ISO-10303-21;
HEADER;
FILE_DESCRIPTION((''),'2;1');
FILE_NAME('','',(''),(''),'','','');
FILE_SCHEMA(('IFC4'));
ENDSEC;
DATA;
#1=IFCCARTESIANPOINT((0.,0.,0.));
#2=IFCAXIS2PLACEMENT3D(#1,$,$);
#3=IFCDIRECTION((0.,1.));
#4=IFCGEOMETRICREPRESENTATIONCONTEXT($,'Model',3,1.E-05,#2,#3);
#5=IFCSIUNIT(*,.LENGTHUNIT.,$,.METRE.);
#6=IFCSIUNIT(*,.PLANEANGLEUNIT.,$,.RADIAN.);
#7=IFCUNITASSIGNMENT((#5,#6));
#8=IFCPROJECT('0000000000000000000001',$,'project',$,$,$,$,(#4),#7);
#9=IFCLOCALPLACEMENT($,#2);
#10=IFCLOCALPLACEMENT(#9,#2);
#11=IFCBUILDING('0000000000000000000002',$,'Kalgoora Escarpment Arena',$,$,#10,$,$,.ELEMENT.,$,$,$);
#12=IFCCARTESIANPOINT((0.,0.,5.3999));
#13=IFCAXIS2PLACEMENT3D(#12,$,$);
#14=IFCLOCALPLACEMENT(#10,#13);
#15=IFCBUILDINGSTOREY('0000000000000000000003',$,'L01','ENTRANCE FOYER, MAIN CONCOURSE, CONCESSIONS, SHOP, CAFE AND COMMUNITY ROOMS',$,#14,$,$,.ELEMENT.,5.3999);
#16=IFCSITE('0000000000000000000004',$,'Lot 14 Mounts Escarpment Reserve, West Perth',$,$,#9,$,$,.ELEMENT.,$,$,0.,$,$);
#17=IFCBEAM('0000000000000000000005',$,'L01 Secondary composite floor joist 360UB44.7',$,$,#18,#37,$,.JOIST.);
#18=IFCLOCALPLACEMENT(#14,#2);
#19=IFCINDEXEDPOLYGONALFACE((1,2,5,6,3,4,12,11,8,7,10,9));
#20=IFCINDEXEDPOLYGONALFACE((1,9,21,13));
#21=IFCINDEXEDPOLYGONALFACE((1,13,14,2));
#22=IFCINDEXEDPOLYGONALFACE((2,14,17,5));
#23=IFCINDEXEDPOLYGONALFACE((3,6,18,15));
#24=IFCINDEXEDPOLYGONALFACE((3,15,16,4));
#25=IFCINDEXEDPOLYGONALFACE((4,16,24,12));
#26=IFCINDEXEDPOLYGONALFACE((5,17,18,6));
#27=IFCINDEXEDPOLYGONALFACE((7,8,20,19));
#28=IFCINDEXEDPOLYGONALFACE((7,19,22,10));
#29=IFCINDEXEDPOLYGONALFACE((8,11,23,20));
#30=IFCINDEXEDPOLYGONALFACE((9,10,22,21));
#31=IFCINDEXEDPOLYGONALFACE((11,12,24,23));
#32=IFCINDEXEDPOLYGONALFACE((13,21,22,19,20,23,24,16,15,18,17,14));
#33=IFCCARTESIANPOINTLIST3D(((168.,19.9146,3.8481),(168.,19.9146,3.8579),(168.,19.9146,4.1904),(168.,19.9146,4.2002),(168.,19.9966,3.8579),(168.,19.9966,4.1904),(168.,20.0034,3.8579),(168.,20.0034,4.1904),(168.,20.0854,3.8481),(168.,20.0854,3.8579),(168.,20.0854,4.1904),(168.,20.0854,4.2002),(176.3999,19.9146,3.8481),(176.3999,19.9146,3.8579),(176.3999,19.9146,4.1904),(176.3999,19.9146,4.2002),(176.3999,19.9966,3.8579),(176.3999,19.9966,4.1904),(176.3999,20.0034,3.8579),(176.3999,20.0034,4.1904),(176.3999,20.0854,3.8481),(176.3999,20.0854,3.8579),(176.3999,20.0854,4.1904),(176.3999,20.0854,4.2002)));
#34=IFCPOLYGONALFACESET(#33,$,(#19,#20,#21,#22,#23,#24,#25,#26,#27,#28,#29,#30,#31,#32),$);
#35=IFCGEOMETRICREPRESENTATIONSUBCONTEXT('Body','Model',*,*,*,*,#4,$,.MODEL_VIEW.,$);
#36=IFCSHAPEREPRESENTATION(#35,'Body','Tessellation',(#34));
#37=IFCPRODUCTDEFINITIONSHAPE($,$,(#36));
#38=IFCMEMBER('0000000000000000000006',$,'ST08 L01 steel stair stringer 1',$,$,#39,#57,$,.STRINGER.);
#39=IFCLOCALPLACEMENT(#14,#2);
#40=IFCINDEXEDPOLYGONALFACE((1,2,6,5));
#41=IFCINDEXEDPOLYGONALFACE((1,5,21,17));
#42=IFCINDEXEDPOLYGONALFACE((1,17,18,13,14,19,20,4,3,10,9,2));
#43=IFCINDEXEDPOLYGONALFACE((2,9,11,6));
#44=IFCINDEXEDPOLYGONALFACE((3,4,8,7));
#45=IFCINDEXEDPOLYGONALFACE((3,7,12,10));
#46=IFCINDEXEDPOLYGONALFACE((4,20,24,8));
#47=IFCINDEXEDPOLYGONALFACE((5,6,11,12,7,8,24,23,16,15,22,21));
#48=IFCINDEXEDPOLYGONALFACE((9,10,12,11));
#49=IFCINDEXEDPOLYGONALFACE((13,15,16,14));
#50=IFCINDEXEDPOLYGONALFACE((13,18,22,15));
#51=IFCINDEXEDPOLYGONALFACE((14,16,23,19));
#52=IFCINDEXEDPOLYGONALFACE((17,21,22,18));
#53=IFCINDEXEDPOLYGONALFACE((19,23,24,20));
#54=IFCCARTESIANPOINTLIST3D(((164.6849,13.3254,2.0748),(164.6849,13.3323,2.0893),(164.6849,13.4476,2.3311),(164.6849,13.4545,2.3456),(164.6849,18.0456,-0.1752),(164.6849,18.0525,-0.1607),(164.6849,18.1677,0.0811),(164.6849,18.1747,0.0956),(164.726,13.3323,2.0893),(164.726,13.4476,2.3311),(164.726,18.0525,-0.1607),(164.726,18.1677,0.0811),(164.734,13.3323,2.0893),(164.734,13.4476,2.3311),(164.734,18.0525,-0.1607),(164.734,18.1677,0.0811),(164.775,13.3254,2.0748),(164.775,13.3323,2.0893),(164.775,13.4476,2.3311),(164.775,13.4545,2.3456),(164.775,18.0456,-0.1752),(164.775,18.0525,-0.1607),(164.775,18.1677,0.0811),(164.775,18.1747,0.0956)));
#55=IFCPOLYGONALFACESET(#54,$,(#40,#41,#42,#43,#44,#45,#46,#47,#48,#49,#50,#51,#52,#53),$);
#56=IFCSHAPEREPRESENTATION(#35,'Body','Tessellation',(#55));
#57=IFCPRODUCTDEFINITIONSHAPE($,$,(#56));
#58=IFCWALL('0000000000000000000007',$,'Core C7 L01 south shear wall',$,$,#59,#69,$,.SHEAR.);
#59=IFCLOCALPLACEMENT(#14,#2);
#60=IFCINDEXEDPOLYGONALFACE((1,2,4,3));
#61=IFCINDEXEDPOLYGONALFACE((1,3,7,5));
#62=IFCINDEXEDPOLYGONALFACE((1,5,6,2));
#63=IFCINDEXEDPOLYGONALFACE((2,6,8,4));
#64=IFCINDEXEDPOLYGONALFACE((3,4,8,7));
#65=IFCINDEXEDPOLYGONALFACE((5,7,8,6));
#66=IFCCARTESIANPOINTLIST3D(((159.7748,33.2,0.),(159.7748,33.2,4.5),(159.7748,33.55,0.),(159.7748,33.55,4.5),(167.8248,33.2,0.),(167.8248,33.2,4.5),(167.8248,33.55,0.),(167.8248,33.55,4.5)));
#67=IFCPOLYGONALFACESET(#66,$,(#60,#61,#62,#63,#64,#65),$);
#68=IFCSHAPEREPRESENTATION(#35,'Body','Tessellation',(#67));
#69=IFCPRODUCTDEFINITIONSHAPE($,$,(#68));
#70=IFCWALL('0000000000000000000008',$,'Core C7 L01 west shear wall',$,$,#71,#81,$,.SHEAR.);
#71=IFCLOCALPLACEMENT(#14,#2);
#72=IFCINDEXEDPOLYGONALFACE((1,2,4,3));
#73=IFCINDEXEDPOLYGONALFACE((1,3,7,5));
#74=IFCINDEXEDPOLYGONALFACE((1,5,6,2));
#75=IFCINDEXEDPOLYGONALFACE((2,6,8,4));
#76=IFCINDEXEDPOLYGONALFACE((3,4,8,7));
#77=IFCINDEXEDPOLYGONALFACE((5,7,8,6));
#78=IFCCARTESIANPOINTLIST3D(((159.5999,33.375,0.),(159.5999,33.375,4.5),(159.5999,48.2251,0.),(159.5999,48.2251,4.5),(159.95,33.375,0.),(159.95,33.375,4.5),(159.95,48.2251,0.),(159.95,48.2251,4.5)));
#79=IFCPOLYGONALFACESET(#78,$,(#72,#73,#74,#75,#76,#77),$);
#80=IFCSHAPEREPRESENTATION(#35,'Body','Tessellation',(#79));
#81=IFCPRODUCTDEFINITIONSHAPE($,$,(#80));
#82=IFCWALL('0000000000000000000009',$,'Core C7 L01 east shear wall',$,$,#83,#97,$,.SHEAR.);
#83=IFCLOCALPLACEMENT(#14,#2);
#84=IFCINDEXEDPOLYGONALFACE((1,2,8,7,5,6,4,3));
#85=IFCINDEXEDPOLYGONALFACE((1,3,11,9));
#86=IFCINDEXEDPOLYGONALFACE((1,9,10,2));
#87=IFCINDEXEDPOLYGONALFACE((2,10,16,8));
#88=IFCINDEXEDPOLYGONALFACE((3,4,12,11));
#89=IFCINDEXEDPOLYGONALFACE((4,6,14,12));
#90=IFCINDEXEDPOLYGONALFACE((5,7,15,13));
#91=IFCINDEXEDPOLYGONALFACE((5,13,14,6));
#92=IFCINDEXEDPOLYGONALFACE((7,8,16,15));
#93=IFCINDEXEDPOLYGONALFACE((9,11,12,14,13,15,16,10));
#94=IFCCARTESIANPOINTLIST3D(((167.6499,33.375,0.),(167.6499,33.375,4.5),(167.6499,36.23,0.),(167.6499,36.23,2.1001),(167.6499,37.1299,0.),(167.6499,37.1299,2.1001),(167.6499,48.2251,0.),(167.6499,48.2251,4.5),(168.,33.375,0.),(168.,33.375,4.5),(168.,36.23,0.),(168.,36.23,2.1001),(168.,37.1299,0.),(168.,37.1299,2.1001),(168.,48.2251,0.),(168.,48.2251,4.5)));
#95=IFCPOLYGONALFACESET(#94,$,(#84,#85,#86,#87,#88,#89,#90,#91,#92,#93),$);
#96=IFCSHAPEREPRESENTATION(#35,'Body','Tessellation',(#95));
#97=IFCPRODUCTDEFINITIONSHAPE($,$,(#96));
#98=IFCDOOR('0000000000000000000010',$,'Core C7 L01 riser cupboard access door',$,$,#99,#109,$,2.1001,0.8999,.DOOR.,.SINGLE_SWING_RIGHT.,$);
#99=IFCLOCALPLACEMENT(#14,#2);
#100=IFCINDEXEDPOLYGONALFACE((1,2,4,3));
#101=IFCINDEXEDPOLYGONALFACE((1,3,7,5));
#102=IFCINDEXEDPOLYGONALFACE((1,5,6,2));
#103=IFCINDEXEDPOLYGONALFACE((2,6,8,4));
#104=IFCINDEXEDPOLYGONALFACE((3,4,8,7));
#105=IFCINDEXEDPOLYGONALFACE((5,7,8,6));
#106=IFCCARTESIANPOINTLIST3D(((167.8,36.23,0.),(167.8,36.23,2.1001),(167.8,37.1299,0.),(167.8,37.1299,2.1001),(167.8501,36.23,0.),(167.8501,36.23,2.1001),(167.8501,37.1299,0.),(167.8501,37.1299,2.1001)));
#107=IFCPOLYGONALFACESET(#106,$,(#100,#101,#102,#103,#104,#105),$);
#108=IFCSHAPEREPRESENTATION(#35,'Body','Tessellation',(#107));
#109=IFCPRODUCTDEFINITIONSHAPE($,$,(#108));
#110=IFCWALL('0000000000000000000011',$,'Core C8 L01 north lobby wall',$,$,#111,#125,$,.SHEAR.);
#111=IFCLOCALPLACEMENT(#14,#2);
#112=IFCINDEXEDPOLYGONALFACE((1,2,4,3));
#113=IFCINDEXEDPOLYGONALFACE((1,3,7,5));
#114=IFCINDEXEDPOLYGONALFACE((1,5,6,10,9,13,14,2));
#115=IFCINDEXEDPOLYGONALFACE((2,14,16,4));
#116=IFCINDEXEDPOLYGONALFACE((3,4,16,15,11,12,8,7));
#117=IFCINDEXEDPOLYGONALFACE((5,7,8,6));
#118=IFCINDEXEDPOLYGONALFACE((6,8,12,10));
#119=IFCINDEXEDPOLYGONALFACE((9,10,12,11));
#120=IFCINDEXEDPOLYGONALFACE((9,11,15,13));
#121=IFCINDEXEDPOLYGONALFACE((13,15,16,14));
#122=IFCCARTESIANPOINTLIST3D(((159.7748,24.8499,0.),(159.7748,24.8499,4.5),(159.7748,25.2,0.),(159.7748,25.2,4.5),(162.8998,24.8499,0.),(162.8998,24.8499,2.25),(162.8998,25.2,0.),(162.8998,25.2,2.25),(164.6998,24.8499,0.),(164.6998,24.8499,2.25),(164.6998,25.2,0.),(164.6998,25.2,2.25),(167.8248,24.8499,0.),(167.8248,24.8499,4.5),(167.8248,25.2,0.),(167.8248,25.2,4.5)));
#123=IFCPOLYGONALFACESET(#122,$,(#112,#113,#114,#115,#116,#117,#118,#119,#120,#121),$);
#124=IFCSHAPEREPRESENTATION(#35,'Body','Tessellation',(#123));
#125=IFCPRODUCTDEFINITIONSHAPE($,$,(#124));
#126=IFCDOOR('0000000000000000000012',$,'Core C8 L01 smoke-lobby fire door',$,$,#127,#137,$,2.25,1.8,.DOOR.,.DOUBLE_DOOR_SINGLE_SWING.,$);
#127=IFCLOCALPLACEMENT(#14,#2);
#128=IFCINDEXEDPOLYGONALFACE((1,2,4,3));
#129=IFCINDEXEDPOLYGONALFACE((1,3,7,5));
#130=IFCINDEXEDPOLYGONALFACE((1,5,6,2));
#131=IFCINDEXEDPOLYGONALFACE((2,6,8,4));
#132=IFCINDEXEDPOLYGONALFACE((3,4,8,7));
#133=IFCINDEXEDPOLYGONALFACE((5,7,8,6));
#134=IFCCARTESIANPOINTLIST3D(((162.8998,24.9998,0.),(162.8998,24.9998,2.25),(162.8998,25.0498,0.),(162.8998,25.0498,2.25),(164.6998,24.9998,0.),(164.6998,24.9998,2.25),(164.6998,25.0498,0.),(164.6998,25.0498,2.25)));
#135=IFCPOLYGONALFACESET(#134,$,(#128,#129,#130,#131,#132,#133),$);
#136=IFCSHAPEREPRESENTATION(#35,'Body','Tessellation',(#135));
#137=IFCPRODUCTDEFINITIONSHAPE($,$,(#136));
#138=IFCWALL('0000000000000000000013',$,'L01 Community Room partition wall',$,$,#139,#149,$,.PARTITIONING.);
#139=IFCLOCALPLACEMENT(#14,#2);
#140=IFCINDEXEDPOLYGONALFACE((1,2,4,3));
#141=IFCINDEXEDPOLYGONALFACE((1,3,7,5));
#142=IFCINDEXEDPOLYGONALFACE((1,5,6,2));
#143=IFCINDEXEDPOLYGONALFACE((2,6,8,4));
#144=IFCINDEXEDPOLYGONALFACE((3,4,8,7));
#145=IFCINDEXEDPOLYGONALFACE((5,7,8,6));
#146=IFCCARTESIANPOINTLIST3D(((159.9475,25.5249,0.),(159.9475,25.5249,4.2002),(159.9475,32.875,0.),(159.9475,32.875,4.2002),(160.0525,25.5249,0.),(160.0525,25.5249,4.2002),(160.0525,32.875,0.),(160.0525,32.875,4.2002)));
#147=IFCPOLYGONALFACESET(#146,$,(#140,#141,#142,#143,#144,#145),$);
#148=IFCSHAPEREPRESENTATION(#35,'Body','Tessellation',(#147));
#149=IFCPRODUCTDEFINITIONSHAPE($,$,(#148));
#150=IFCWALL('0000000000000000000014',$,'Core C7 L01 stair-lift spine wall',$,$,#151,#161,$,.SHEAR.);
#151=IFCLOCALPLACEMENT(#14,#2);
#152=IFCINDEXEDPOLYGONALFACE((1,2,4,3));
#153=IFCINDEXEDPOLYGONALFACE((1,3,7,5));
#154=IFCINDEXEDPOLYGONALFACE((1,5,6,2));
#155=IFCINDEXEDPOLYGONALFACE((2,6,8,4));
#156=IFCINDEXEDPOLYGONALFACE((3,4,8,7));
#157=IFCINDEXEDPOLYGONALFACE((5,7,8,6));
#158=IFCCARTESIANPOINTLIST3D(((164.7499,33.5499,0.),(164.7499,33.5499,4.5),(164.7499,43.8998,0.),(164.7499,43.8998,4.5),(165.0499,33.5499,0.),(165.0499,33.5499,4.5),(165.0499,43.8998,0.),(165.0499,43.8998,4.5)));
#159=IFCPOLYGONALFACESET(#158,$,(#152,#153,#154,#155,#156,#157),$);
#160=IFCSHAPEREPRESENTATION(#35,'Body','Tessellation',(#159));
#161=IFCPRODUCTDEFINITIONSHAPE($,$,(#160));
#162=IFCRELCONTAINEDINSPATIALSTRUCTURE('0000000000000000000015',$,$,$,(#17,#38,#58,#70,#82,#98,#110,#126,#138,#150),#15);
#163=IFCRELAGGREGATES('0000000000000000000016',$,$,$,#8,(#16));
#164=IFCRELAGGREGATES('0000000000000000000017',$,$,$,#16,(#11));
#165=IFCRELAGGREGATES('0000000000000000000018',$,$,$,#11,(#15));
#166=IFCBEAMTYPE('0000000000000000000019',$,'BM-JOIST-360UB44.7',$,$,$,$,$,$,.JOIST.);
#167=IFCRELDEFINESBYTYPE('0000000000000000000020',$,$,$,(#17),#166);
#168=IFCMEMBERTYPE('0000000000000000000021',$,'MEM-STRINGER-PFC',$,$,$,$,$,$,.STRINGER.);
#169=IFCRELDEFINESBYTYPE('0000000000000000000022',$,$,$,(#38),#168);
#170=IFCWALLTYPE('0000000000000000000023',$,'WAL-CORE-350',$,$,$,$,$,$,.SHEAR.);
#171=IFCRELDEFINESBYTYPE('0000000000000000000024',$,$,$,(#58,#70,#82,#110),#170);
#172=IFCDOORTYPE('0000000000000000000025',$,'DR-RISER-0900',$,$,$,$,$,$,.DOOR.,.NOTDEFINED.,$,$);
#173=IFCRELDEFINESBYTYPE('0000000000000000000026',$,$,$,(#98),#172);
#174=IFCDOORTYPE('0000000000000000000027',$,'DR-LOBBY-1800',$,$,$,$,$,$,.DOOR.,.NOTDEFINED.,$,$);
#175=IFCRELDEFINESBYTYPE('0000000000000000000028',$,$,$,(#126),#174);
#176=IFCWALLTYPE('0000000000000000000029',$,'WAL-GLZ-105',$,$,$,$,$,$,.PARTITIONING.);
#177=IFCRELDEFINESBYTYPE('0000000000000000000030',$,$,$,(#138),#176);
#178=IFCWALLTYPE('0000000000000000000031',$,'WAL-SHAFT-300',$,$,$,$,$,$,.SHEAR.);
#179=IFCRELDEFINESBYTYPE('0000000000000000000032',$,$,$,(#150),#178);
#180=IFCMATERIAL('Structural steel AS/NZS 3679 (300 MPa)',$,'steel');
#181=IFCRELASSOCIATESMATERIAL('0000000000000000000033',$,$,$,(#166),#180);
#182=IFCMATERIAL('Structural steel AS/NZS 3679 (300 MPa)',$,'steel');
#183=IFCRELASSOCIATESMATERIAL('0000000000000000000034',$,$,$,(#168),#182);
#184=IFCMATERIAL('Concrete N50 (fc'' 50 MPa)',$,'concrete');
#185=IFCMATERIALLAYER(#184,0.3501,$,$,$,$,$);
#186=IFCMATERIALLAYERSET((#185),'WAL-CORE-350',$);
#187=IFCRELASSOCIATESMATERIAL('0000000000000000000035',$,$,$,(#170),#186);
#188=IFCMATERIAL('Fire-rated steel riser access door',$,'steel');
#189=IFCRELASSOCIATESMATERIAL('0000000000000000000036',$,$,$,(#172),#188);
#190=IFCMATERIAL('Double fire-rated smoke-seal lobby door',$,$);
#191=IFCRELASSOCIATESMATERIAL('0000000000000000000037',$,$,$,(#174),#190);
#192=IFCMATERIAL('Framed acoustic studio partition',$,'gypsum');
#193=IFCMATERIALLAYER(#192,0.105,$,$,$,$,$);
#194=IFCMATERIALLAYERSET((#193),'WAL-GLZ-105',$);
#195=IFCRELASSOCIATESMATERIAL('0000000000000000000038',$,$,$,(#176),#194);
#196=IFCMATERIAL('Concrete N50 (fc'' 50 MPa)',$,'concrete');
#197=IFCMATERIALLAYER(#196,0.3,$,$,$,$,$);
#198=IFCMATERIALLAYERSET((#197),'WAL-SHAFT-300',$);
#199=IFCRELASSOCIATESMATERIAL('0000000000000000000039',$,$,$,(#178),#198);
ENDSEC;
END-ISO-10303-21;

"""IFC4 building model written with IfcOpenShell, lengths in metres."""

from ifc_helpers import new_model, si_unit, direction, frame, frame_2d, origin, origin_2d, place, context, subcontext, project, spatial, rectangle, i_section, extrude, material, layer, layer_set, material_profile, profile_set, type_object, element, fill, save


model = new_model("IFC4")

# Units and contexts
model_context = context("Model", 3, precision=1e-05, world=origin(), true_north=direction((0.0, 1.0)))
body_context = subcontext(model_context, "Body", "Model", "MODEL_VIEW")
ifc_project = project(units=[si_unit("LENGTHUNIT", "METRE"), si_unit("PLANEANGLEUNIT", "RADIAN")], contexts=[model_context])

# Site, building, storey
site_placement = place(None, origin())
site = spatial("IfcSite", under=ifc_project, at=site_placement, Name="Lot 14 Mounts Escarpment Reserve, West Perth", CompositionType="ELEMENT", RefElevation=0.0)
building_placement = place(site_placement, origin())
building = spatial("IfcBuilding", under=site, at=building_placement, Name="Kalgoora Escarpment Arena", CompositionType="ELEMENT")
storey_placement = place(building_placement, frame((0.0, 0.0, 5.3999)))
storey = spatial("IfcBuildingStorey", under=building, at=storey_placement, Name="L01", Description="ENTRANCE FOYER, MAIN CONCOURSE, CONCESSIONS, SHOP, CAFE AND COMMUNITY ROOMS", CompositionType="ELEMENT", Elevation=5.3999)

# Beam
ifc_material_1 = material(Name="Structural steel AS/NZS 3679 (300 MPa)", Category="steel")
ifc_material_profile_1 = material_profile(ifc_material_1, i_section(OverallWidth=0.1709, OverallDepth=0.3521, WebThickness=0.0068, FlangeThickness=0.0098, at=origin_2d()))
ifc_profile_set_1 = profile_set([ifc_material_profile_1], Name="Structural steel AS/NZS 3679 (300 MPa)")
beam_type_1 = type_object("IfcBeamType", Name="BM-JOIST-360UB44.7", PredefinedType="JOIST", material=ifc_profile_set_1)
beam_1_placement = place(storey_placement, frame((168.0, 20.0, 4.0242), z_axis=(1.0, 0.0, 0.0), x_axis=(0.0, 1.0, 0.0)))
element("IfcBeam", 1, at=beam_1_placement, inside=storey, type_object=beam_type_1, Name="L01 Secondary composite floor joist 360UB44.7", PredefinedType="JOIST", context=body_context, shape_type="SweptSolid", body=[
    extrude(i_section(OverallWidth=0.1709, OverallDepth=0.3521, WebThickness=0.0068, FlangeThickness=0.0098, at=origin_2d()), origin(), (0.0, 0.0, 1.0), 8.3999),
])

# Member
ifc_material_2 = material(Name="Structural steel AS/NZS 3679 (300 MPa)", Category="steel")
ifc_material_profile_2 = material_profile(ifc_material_2, i_section(OverallWidth=0.0901, OverallDepth=0.3, WebThickness=0.0081, FlangeThickness=0.0161, at=origin_2d()))
ifc_profile_set_2 = profile_set([ifc_material_profile_2], Name="Structural steel AS/NZS 3679 (300 MPa)")
member_type = type_object("IfcMemberType", Name="MEM-STRINGER-PFC", PredefinedType="STRINGER", material=ifc_profile_set_2)
member_placement = place(storey_placement, frame((164.73, 18.1101, -0.0398), z_axis=(0.0, -0.902691, 0.430289), x_axis=(1.0, 0.0, 0.0)))
element("IfcMember", 2, at=member_placement, inside=storey, type_object=member_type, Name="ST08 L01 steel stair stringer 1", PredefinedType="STRINGER", context=body_context, shape_type="SweptSolid", body=[
    extrude(i_section(OverallWidth=0.0901, OverallDepth=0.3, WebThickness=0.0081, FlangeThickness=0.0161, at=origin_2d()), origin(), (0.0, 0.0, 1.0), 5.229),
])

# Walls
ifc_material_3 = material(Name="Concrete N50 (fc' 50 MPa)", Category="concrete")
ifc_layer_1 = layer(ifc_material_3, 0.3501)
ifc_layer_set_1 = layer_set([ifc_layer_1], Name="WAL-CORE-350")
wall_type_1 = type_object("IfcWallType", Name="WAL-CORE-350", PredefinedType="SHEAR", material=ifc_layer_set_1)
wall_1_placement = place(storey_placement, frame((159.7749, 33.375, 0.0), z_axis=(0.0, 0.0, 1.0), x_axis=(1.0, 0.0, 0.0)))
element("IfcWall", 3, at=wall_1_placement, inside=storey, type_object=wall_type_1, Name="Core C7 L01 south shear wall", PredefinedType="SHEAR", context=body_context, shape_type="SweptSolid", body=[
    extrude(rectangle(XDim=8.05, YDim=0.3501, at=frame_2d((4.0249, 0.0))), origin(), (0.0, 0.0, 1.0), 4.5),
])
wall_2_placement = place(storey_placement, frame((159.7749, 33.375, 0.0), z_axis=(0.0, 0.0, 1.0), x_axis=(0.0, 1.0, 0.0)))
element("IfcWall", 4, at=wall_2_placement, inside=storey, type_object=wall_type_1, Name="Core C7 L01 west shear wall", PredefinedType="SHEAR", context=body_context, shape_type="SweptSolid", body=[
    extrude(rectangle(XDim=14.8501, YDim=0.3501, at=frame_2d((7.425, 0.0))), origin(), (0.0, 0.0, 1.0), 4.5),
])

# Walls, openings, doors
wall_3_placement = place(storey_placement, frame((167.825, 33.375, 0.0), z_axis=(0.0, 0.0, 1.0), x_axis=(0.0, 1.0, 0.0)))
wall_3 = element("IfcWall", 5, at=wall_3_placement, inside=storey, type_object=wall_type_1, Name="Core C7 L01 east shear wall", PredefinedType="SHEAR", context=body_context, shape_type="SweptSolid", body=[
    extrude(rectangle(XDim=14.8501, YDim=0.3501, at=frame_2d((7.425, 0.0))), origin(), (0.0, 0.0, 1.0), 4.5),
])
opening_1_placement = place(wall_3_placement, frame((2.855, 0.0, 0.0)))
opening_1 = element("IfcOpeningElement", 6, at=opening_1_placement, cuts=wall_3, PredefinedType="OPENING", context=body_context, shape_type="SweptSolid", body=[
    extrude(rectangle(XDim=0.8999, YDim=2.1001, at=frame_2d((0.45, 1.05))), frame((0.0, 0.1851, 0.0), z_axis=(0.0, -1.0, 0.0), x_axis=(1.0, 0.0, 0.0)), (0.0, 0.0, 1.0), 0.3701),
])
ifc_material_4 = material(Name="Fire-rated steel riser access door", Category="steel")
door_type_1 = type_object("IfcDoorType", Name="DR-RISER-0900", OperationType="NOTDEFINED", PredefinedType="DOOR", material=ifc_material_4)
door_1_placement = place(opening_1_placement, origin())
door_1 = element("IfcDoor", 7, at=door_1_placement, inside=storey, type_object=door_type_1, Name="Core C7 L01 riser cupboard access door", OperationType="SINGLE_SWING_RIGHT", OverallHeight=2.1001, OverallWidth=0.8999, PredefinedType="DOOR", context=body_context, shape_type="SweptSolid", body=[
    extrude(rectangle(XDim=0.8999, YDim=2.1001, at=frame_2d((0.45, 1.05))), frame((0.0, 0.0249, 0.0), z_axis=(0.0, -1.0, 0.0), x_axis=(1.0, 0.0, 0.0)), (0.0, 0.0, 1.0), 0.05),
])
fill(opening_1, door_1)
wall_4_placement = place(storey_placement, frame((159.7749, 25.0249, 0.0), z_axis=(0.0, 0.0, 1.0), x_axis=(1.0, 0.0, 0.0)))
wall_4 = element("IfcWall", 8, at=wall_4_placement, inside=storey, type_object=wall_type_1, Name="Core C8 L01 north lobby wall", PredefinedType="SHEAR", context=body_context, shape_type="SweptSolid", body=[
    extrude(rectangle(XDim=8.05, YDim=0.3501, at=frame_2d((4.0249, 0.0))), origin(), (0.0, 0.0, 1.0), 4.5),
])
opening_2_placement = place(wall_4_placement, frame((3.125, 0.0, 0.0)))
opening_2 = element("IfcOpeningElement", 9, at=opening_2_placement, cuts=wall_4, PredefinedType="OPENING", context=body_context, shape_type="SweptSolid", body=[
    extrude(rectangle(XDim=1.8, YDim=2.25, at=frame_2d((0.8999, 1.125))), frame((0.0, 0.1851, 0.0), z_axis=(0.0, -1.0, 0.0), x_axis=(1.0, 0.0, 0.0)), (0.0, 0.0, 1.0), 0.3701),
])
ifc_material_5 = material(Name="Double fire-rated smoke-seal lobby door")
door_type_2 = type_object("IfcDoorType", Name="DR-LOBBY-1800", OperationType="NOTDEFINED", PredefinedType="DOOR", material=ifc_material_5)
door_2_placement = place(opening_2_placement, origin())
door_2 = element("IfcDoor", 10, at=door_2_placement, inside=storey, type_object=door_type_2, Name="Core C8 L01 smoke-lobby fire door", OperationType="DOUBLE_DOOR_SINGLE_SWING", OverallHeight=2.25, OverallWidth=1.8, PredefinedType="DOOR", context=body_context, shape_type="SweptSolid", body=[
    extrude(rectangle(XDim=1.8, YDim=2.25, at=frame_2d((0.8999, 1.125))), frame((0.0, 0.0249, 0.0), z_axis=(0.0, -1.0, 0.0), x_axis=(1.0, 0.0, 0.0)), (0.0, 0.0, 1.0), 0.05),
])
fill(opening_2, door_2)

# Walls
ifc_material_6 = material(Name="Framed acoustic studio partition", Category="gypsum")
ifc_layer_2 = layer(ifc_material_6, 0.105)
ifc_layer_set_2 = layer_set([ifc_layer_2], Name="WAL-GLZ-105")
wall_type_2 = type_object("IfcWallType", Name="WAL-GLZ-105", PredefinedType="PARTITIONING", material=ifc_layer_set_2)
wall_5_placement = place(storey_placement, frame((160.0, 25.5249, 0.0), z_axis=(0.0, 0.0, 1.0), x_axis=(0.0, 1.0, 0.0)))
element("IfcWall", 11, at=wall_5_placement, inside=storey, type_object=wall_type_2, Name="L01 Community Room partition wall", PredefinedType="PARTITIONING", context=body_context, shape_type="SweptSolid", body=[
    extrude(rectangle(XDim=7.3501, YDim=0.105, at=frame_2d((3.675, 0.0))), origin(), (0.0, 0.0, 1.0), 4.2002),
])
ifc_material_7 = material(Name="Concrete N50 (fc' 50 MPa)", Category="concrete")
ifc_layer_3 = layer(ifc_material_7, 0.3)
ifc_layer_set_3 = layer_set([ifc_layer_3], Name="WAL-SHAFT-300")
wall_type_3 = type_object("IfcWallType", Name="WAL-SHAFT-300", PredefinedType="SHEAR", material=ifc_layer_set_3)
wall_6_placement = place(storey_placement, frame((164.8999, 33.55, 0.0), z_axis=(0.0, 0.0, 1.0), x_axis=(0.0, 1.0, 0.0)))
element("IfcWall", 12, at=wall_6_placement, inside=storey, type_object=wall_type_3, Name="Core C7 L01 stair-lift spine wall", PredefinedType="SHEAR", context=body_context, shape_type="SweptSolid", body=[
    extrude(rectangle(XDim=10.3499, YDim=0.3, at=frame_2d((5.1748, 0.0))), origin(), (0.0, 0.0, 1.0), 4.5),
])

save(model, "model.ifc")
